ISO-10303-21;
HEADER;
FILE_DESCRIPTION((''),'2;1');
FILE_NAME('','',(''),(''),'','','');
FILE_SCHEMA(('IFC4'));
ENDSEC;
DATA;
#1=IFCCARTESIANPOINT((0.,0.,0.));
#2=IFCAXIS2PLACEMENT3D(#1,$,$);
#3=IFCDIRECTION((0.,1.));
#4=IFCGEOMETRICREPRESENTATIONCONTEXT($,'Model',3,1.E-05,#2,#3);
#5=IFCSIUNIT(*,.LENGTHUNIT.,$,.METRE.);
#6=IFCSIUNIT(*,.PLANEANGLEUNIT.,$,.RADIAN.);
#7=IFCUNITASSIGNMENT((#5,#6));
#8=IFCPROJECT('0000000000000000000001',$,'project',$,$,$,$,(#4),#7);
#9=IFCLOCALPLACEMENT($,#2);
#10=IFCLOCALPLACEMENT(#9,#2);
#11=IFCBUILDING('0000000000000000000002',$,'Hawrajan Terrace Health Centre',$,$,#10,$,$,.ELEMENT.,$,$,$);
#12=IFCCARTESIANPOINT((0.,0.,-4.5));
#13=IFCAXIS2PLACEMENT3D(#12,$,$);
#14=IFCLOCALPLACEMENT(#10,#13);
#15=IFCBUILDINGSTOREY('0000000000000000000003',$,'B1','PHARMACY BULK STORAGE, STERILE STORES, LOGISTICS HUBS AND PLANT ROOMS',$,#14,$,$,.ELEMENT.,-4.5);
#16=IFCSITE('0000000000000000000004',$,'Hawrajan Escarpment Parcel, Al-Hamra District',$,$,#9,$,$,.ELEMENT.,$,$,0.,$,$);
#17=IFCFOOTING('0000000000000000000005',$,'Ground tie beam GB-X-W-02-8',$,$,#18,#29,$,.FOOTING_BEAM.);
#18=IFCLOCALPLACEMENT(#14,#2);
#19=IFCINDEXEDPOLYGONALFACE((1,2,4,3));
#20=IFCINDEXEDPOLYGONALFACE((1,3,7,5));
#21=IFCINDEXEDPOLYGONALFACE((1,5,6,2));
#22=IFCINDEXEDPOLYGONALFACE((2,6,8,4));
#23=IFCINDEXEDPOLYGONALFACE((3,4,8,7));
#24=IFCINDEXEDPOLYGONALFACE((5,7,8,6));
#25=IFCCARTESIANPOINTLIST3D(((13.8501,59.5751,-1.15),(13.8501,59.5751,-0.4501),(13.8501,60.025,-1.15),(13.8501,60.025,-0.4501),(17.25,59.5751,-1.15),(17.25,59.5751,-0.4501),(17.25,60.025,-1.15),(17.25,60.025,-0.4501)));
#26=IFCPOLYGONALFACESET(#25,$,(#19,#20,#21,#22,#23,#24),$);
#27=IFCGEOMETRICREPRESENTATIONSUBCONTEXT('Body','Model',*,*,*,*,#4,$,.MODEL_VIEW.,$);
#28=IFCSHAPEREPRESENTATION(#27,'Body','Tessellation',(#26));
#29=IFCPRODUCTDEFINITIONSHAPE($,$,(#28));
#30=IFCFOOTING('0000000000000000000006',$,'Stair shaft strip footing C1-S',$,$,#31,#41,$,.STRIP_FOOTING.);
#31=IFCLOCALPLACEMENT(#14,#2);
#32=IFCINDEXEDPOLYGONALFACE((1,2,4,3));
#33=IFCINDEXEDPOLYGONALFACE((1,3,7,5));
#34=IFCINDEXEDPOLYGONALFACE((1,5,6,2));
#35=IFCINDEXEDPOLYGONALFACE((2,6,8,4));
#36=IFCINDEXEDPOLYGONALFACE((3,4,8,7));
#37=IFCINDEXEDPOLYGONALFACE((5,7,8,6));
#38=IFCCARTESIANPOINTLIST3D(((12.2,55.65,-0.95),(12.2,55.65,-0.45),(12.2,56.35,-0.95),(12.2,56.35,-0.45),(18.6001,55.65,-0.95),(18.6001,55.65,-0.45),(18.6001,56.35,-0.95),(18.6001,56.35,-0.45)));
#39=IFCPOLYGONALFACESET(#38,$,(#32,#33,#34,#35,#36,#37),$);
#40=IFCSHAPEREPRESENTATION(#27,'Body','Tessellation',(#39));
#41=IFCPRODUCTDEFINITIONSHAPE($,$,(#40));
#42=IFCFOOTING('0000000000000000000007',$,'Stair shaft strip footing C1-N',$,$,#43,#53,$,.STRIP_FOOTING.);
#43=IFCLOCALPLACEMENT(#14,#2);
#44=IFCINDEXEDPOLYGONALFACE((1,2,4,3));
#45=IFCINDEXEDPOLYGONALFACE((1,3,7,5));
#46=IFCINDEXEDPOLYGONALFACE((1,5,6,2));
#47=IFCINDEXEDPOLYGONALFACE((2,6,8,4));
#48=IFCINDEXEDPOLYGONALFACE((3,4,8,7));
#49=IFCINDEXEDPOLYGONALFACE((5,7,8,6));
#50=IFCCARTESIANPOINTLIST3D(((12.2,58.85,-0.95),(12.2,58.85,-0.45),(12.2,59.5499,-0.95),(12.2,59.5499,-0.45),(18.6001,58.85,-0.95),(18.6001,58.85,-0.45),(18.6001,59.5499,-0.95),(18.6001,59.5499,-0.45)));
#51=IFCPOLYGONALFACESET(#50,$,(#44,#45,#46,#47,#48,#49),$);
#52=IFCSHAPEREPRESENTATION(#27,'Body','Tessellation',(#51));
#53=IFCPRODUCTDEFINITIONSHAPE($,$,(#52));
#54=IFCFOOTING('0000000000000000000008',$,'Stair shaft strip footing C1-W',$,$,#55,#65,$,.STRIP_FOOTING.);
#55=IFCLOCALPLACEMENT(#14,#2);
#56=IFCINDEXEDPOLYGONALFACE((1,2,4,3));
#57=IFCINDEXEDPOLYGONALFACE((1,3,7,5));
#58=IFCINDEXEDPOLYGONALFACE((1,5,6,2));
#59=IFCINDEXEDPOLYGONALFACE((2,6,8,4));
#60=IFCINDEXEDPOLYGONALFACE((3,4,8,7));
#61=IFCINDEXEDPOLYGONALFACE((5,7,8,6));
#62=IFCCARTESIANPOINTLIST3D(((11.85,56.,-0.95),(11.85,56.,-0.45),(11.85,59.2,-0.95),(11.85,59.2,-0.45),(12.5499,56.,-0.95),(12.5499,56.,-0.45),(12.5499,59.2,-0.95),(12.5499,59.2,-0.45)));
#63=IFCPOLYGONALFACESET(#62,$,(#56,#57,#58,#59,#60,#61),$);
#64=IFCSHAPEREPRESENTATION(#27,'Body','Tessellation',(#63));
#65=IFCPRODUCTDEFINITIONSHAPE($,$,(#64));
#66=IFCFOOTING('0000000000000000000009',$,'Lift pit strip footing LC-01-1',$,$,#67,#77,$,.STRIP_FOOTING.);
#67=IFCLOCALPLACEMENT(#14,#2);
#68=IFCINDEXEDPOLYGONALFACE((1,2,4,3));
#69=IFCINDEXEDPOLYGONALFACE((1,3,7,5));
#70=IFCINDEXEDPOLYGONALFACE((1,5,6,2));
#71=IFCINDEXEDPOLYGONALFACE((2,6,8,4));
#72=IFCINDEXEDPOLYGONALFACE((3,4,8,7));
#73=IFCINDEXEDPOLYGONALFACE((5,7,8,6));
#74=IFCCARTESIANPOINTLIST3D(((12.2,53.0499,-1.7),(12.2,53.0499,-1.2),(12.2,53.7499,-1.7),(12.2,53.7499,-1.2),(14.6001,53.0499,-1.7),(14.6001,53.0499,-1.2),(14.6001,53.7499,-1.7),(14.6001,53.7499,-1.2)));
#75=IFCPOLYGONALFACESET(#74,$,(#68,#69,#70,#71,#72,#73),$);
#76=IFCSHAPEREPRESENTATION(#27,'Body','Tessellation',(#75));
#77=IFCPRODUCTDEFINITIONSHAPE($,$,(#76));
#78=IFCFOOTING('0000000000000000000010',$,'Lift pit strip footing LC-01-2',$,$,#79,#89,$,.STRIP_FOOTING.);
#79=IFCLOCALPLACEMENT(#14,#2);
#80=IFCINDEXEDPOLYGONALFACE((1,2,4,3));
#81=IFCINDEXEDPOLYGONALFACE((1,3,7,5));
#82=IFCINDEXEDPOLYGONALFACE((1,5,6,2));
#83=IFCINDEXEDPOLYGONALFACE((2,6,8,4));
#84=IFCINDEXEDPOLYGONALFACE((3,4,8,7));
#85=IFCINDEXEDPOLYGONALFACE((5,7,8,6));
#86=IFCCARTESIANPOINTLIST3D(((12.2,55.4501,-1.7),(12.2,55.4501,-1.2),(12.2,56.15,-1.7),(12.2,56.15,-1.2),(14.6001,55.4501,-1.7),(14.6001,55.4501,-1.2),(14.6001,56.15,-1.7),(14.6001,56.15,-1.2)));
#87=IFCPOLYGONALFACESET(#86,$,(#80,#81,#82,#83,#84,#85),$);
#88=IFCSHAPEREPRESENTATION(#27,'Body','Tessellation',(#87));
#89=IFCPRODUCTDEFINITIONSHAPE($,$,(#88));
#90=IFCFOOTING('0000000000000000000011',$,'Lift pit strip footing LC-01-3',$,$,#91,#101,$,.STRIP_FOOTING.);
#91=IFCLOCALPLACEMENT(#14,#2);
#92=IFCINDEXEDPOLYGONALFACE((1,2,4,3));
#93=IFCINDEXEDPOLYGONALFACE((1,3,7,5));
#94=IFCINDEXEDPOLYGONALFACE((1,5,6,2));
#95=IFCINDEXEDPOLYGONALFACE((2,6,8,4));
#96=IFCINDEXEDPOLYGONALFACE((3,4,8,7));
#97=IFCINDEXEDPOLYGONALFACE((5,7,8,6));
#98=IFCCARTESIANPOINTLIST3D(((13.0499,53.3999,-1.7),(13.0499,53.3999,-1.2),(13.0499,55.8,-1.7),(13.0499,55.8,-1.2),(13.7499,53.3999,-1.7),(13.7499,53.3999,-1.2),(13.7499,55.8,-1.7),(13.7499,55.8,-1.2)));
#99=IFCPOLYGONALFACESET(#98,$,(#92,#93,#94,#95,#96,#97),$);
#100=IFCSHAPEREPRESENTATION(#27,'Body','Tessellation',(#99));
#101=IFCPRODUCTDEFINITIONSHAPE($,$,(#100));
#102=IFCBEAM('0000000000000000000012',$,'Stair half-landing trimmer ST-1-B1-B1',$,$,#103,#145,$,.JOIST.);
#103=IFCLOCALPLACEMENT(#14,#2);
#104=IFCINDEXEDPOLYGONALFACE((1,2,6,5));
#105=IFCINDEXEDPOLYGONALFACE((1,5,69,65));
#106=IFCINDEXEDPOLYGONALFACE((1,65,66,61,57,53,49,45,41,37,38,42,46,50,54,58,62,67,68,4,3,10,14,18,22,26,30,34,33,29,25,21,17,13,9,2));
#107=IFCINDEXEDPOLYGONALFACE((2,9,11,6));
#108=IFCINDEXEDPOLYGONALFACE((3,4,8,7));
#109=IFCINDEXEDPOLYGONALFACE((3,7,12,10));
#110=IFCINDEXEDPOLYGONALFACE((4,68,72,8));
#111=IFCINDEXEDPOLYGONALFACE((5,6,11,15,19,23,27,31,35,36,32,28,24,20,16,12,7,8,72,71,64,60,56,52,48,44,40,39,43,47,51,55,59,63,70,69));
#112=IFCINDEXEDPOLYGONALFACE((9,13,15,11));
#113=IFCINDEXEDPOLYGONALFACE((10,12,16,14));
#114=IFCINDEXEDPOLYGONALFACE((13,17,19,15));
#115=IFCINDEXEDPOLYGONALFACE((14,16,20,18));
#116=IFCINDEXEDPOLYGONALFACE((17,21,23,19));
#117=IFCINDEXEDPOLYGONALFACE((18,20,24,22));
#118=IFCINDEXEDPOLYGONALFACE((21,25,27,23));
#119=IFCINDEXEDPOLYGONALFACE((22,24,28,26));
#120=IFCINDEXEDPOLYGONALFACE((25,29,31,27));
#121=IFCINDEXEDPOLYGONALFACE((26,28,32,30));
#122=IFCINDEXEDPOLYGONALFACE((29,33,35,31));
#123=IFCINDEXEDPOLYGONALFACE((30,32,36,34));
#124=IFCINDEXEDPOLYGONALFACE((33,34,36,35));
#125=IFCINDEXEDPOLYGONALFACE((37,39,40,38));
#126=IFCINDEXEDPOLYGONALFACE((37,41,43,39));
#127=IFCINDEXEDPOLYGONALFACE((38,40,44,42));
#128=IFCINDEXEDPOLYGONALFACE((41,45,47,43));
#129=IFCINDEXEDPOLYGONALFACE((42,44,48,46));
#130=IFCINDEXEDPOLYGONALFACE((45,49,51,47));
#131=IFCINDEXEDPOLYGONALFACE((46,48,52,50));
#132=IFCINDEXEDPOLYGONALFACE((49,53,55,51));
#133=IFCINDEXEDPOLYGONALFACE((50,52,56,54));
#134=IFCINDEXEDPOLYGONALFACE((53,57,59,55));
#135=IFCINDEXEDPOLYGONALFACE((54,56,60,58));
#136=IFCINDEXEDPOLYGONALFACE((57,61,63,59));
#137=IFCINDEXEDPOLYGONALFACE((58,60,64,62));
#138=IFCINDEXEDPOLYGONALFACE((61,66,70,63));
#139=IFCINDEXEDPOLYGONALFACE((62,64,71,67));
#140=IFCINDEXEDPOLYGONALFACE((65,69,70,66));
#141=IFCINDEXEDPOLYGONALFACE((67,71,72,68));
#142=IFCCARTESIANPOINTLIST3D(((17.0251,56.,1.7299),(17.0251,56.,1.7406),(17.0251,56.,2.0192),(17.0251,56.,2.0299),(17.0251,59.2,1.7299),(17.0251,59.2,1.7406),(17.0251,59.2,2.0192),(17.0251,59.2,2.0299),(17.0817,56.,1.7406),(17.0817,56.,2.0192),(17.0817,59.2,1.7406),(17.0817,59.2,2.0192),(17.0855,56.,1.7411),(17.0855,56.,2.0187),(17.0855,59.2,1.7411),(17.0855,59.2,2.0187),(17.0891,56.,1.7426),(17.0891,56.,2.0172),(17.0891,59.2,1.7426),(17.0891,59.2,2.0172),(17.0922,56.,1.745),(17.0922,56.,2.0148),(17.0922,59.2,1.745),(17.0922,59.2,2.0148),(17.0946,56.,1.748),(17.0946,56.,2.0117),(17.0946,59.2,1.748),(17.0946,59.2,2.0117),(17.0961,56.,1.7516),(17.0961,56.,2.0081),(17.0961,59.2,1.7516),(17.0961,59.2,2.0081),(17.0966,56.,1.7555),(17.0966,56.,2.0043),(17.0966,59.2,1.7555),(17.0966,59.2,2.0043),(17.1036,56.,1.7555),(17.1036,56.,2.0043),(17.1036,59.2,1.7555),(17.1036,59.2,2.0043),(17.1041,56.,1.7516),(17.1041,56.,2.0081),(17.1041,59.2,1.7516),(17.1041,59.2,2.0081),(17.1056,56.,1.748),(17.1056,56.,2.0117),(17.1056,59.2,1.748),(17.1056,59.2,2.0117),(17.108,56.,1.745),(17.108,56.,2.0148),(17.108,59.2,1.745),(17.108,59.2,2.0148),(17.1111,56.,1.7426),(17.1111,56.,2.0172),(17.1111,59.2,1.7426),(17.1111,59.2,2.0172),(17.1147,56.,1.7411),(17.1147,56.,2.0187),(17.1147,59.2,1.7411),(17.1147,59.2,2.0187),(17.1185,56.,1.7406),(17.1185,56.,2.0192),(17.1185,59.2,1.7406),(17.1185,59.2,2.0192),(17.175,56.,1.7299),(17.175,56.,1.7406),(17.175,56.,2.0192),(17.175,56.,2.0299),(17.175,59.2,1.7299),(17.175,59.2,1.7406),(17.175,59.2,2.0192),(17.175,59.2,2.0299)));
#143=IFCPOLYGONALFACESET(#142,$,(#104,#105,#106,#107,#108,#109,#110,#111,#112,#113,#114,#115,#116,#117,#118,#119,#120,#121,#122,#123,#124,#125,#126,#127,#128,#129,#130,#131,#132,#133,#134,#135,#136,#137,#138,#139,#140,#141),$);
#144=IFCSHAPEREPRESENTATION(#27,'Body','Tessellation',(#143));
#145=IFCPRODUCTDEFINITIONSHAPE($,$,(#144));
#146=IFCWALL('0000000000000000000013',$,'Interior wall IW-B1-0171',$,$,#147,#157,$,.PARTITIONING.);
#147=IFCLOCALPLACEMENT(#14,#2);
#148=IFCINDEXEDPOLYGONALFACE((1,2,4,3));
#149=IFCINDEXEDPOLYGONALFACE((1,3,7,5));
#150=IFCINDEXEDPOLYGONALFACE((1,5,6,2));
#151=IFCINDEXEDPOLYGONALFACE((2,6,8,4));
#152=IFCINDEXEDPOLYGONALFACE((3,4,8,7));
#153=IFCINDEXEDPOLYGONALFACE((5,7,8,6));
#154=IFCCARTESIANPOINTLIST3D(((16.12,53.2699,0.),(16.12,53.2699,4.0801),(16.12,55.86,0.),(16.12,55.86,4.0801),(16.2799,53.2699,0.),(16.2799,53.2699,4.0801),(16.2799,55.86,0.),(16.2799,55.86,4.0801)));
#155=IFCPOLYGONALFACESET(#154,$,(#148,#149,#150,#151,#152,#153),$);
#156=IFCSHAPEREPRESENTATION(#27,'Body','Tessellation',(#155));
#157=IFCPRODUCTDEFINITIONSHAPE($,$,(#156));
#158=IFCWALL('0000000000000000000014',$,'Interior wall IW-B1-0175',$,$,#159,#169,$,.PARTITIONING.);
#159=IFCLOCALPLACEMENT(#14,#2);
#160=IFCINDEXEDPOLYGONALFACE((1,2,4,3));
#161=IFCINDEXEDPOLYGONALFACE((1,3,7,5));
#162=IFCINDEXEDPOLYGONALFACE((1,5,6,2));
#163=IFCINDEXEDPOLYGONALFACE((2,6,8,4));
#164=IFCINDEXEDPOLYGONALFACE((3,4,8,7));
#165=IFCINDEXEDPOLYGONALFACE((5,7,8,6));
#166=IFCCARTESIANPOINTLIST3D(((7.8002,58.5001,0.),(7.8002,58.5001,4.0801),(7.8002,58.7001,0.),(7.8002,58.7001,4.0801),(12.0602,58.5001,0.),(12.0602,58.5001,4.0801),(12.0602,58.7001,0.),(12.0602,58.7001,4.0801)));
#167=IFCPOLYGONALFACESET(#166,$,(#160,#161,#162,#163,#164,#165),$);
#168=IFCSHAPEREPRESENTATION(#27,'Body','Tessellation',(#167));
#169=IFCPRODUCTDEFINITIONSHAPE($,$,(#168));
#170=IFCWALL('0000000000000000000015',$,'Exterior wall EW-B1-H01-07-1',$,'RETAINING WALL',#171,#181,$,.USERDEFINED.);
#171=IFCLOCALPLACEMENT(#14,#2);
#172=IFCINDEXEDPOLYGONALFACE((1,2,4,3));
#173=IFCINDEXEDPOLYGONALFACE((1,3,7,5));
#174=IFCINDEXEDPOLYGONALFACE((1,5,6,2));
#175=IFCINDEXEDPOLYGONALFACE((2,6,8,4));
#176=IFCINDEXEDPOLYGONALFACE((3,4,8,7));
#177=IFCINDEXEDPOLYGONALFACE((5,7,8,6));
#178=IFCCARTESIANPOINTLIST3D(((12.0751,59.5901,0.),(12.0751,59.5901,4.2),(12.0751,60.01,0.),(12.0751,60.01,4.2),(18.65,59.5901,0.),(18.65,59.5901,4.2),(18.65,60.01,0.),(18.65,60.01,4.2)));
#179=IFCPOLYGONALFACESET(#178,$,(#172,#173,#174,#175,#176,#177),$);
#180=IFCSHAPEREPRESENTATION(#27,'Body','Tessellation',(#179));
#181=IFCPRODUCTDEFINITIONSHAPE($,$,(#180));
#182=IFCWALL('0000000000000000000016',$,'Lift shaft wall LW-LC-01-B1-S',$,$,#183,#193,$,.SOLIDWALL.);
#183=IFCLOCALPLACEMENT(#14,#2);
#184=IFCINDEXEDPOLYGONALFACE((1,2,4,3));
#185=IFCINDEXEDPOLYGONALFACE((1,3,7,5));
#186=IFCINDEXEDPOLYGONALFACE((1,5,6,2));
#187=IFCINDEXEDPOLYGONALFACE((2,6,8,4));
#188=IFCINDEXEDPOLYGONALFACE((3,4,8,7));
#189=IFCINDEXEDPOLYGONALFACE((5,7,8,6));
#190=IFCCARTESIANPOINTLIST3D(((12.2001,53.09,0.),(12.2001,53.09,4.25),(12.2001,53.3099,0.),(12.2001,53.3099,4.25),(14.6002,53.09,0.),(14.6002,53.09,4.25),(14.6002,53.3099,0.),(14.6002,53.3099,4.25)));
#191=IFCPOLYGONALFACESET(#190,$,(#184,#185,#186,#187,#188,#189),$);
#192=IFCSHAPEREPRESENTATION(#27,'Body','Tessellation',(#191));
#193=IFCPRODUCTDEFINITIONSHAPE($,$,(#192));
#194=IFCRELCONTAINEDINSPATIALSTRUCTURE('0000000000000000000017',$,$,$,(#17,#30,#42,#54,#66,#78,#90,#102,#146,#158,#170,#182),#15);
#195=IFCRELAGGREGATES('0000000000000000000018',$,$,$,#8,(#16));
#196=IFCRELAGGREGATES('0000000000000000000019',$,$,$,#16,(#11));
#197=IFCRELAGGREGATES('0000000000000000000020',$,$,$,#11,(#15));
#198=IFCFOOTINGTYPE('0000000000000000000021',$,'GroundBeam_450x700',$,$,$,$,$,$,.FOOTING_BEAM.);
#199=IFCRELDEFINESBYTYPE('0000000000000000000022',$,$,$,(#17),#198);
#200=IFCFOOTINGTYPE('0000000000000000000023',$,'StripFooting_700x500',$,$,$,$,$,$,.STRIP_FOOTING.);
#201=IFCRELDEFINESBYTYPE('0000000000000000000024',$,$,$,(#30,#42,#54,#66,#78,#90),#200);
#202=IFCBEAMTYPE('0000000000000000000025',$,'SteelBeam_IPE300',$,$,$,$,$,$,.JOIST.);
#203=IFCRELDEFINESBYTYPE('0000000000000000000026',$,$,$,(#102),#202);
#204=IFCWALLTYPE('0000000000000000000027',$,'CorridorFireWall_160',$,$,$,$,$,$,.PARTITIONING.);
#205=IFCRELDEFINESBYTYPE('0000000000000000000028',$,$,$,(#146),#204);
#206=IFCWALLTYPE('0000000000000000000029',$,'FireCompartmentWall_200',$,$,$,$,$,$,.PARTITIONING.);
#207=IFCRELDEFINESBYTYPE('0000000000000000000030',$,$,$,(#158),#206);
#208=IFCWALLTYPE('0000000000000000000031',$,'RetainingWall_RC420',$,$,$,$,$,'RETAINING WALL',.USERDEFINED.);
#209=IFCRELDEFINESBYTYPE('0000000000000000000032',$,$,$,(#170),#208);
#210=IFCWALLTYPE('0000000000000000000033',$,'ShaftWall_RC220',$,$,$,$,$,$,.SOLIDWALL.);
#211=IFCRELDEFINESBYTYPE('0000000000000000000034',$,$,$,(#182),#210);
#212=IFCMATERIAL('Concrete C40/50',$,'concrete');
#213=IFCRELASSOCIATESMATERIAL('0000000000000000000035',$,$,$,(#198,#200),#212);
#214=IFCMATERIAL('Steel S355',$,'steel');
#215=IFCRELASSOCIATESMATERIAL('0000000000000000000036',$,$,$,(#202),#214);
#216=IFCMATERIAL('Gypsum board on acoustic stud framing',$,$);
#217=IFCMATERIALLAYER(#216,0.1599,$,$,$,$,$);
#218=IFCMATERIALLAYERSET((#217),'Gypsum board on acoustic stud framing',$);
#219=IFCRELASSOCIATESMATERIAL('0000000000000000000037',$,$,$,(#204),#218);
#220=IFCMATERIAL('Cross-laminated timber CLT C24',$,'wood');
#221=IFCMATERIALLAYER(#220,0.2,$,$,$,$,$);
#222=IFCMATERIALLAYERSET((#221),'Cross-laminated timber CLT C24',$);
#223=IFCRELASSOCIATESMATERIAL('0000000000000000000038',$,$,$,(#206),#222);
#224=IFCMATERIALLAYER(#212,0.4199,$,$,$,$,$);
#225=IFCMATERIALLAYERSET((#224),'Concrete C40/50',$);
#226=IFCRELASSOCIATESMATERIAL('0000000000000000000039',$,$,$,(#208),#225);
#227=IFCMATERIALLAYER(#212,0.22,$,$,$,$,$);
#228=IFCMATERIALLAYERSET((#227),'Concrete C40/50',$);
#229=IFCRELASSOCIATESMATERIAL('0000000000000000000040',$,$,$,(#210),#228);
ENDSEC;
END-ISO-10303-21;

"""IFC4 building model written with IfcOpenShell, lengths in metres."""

from ifc_helpers import new_model, si_unit, direction, frame, frame_2d, origin, origin_2d, place, context, subcontext, project, spatial, rectangle, i_section, extrude, material, layer, layer_set, material_profile, profile_set, type_object, element, save


model = new_model("IFC4")

# Units and contexts
model_context = context("Model", 3, precision=1e-05, world=origin(), true_north=direction((0.0, 1.0)))
body_context = subcontext(model_context, "Body", "Model", "MODEL_VIEW")
ifc_project = project(units=[si_unit("LENGTHUNIT", "METRE"), si_unit("PLANEANGLEUNIT", "RADIAN")], contexts=[model_context])

# Site, building, storey
site_placement = place(None, origin())
site = spatial("IfcSite", under=ifc_project, at=site_placement, Name="Hawrajan Escarpment Parcel, Al-Hamra District", CompositionType="ELEMENT", RefElevation=0.0)
building_placement = place(site_placement, origin())
building = spatial("IfcBuilding", under=site, at=building_placement, Name="Hawrajan Terrace Health Centre", CompositionType="ELEMENT")
storey_placement = place(building_placement, frame((0.0, 0.0, -4.5)))
storey = spatial("IfcBuildingStorey", under=building, at=storey_placement, Name="B1", Description="PHARMACY BULK STORAGE, STERILE STORES, LOGISTICS HUBS AND PLANT ROOMS", CompositionType="ELEMENT", Elevation=-4.5)

# Shared definitions
ifc_material_1 = material(Name="Concrete C40/50", Category="concrete")

# Footings
ifc_material_profile_1 = material_profile(ifc_material_1, rectangle(XDim=0.45, YDim=0.7, at=origin_2d()), Name="RC BM 450x700")
ifc_profile_set_1 = profile_set([ifc_material_profile_1], Name="Concrete C40/50")
footing_type_1 = type_object("IfcFootingType", Name="GroundBeam_450x700", PredefinedType="FOOTING_BEAM", material=ifc_profile_set_1)
for number, where, z_axis, x_axis, name in (
    (1, (13.8501, 59.8, -0.8), (1.0, 0.0, 0.0), (0.0, 1.0, 0.0), "Ground tie beam GB-X-W-02-8"),
):
    element("IfcFooting", number, at=place(storey_placement, frame(where, z_axis=z_axis, x_axis=x_axis)), inside=storey, type_object=footing_type_1, Name=name, PredefinedType="FOOTING_BEAM", context=body_context, shape_type="SweptSolid", body=[
        extrude(rectangle(XDim=0.45, YDim=0.7, at=origin_2d()), origin(), (0.0, 0.0, 1.0), 3.3999),
    ])
ifc_material_profile_2 = material_profile(ifc_material_1, rectangle(XDim=0.7, YDim=0.5, at=origin_2d()), Name="RC STRIP 700x500")
ifc_profile_set_2 = profile_set([ifc_material_profile_2], Name="Concrete C40/50")
footing_type_2 = type_object("IfcFootingType", Name="StripFooting_700x500", PredefinedType="STRIP_FOOTING", material=ifc_profile_set_2)
for number, where, z_axis, x_axis, name in (
    (2, (12.2, 56.0, -0.7), (1.0, 0.0, 0.0), (0.0, 1.0, 0.0), "Stair shaft strip footing C1-S"),
    (3, (12.2, 59.2, -0.7), (1.0, 0.0, 0.0), (0.0, 1.0, 0.0), "Stair shaft strip footing C1-N"),
):
    element("IfcFooting", number, at=place(storey_placement, frame(where, z_axis=z_axis, x_axis=x_axis)), inside=storey, type_object=footing_type_2, Name=name, PredefinedType="STRIP_FOOTING", context=body_context, shape_type="SweptSolid", body=[
        extrude(rectangle(XDim=0.7, YDim=0.5, at=origin_2d()), origin(), (0.0, 0.0, 1.0), 6.4001),
    ])
footing_placement = place(storey_placement, frame((12.2, 56.0, -0.7), z_axis=(0.0, 1.0, 0.0), x_axis=(-1.0, 0.0, 0.0)))
element("IfcFooting", 4, at=footing_placement, inside=storey, type_object=footing_type_2, Name="Stair shaft strip footing C1-W", PredefinedType="STRIP_FOOTING", context=body_context, shape_type="SweptSolid", body=[
    extrude(rectangle(XDim=0.7, YDim=0.5, at=origin_2d()), origin(), (0.0, 0.0, 1.0), 3.2),
])
for number, where, z_axis, x_axis, name in (
    (5, (12.2, 53.3999, -1.45), (1.0, 0.0, 0.0), (0.0, 1.0, 0.0), "Lift pit strip footing LC-01-1"),
    (6, (12.2, 55.8, -1.45), (1.0, 0.0, 0.0), (0.0, 1.0, 0.0), "Lift pit strip footing LC-01-2"),
    (7, (13.3999, 53.3999, -1.45), (0.0, 1.0, 0.0), (-1.0, 0.0, 0.0), "Lift pit strip footing LC-01-3"),
):
    element("IfcFooting", number, at=place(storey_placement, frame(where, z_axis=z_axis, x_axis=x_axis)), inside=storey, type_object=footing_type_2, Name=name, PredefinedType="STRIP_FOOTING", context=body_context, shape_type="SweptSolid", body=[
        extrude(rectangle(XDim=0.7, YDim=0.5, at=origin_2d()), origin(), (0.0, 0.0, 1.0), 2.4001),
    ])

# Beam
ifc_material_2 = material(Name="Steel S355", Category="steel")
ifc_material_profile_3 = material_profile(ifc_material_2, i_section(OverallWidth=0.1499, OverallDepth=0.3, WebThickness=0.0071, FlangeThickness=0.0107, FilletRadius=0.0149, at=origin_2d()), Name="IPE 300")
ifc_profile_set_3 = profile_set([ifc_material_profile_3], Name="Steel S355")
beam_type = type_object("IfcBeamType", Name="SteelBeam_IPE300", PredefinedType="JOIST", material=ifc_profile_set_3)
beam_placement = place(storey_placement, frame((17.1001, 56.0, 1.8799), z_axis=(0.0, 1.0, 0.0), x_axis=(-1.0, 0.0, 0.0)))
element("IfcBeam", 8, at=beam_placement, inside=storey, type_object=beam_type, Name="Stair half-landing trimmer ST-1-B1-B1", PredefinedType="JOIST", context=body_context, shape_type="SweptSolid", body=[
    extrude(i_section(OverallWidth=0.1499, OverallDepth=0.3, WebThickness=0.0071, FlangeThickness=0.0107, FilletRadius=0.0149, at=origin_2d()), origin(), (0.0, 0.0, 1.0), 3.2),
])

# Walls
ifc_material_3 = material(Name="Gypsum board on acoustic stud framing")
ifc_layer_1 = layer(ifc_material_3, 0.1599)
ifc_layer_set_1 = layer_set([ifc_layer_1], Name="Gypsum board on acoustic stud framing")
wall_type_1 = type_object("IfcWallType", Name="CorridorFireWall_160", PredefinedType="PARTITIONING", material=ifc_layer_set_1)
wall_1_placement = place(storey_placement, frame((16.2, 53.27, 0.0), z_axis=(0.0, 0.0, 1.0), x_axis=(0.0, 1.0, 0.0)))
element("IfcWall", 9, at=wall_1_placement, inside=storey, type_object=wall_type_1, Name="Interior wall IW-B1-0171", PredefinedType="PARTITIONING", context=body_context, shape_type="SweptSolid", body=[
    extrude(rectangle(XDim=2.5901, YDim=0.1599, at=frame_2d((1.2949, 0.0))), origin(), (0.0, 0.0, 1.0), 4.0801),
])
ifc_material_4 = material(Name="Cross-laminated timber CLT C24", Category="wood")
ifc_layer_2 = layer(ifc_material_4, 0.2)
ifc_layer_set_2 = layer_set([ifc_layer_2], Name="Cross-laminated timber CLT C24")
wall_type_2 = type_object("IfcWallType", Name="FireCompartmentWall_200", PredefinedType="PARTITIONING", material=ifc_layer_set_2)
wall_2_placement = place(storey_placement, frame((12.0601, 58.6001, 0.0), z_axis=(0.0, 0.0, 1.0), x_axis=(-1.0, 0.0, 0.0)))
element("IfcWall", 10, at=wall_2_placement, inside=storey, type_object=wall_type_2, Name="Interior wall IW-B1-0175", PredefinedType="PARTITIONING", context=body_context, shape_type="SweptSolid", body=[
    extrude(rectangle(XDim=4.26, YDim=0.2, at=frame_2d((2.1299, 0.0))), origin(), (0.0, 0.0, 1.0), 4.0801),
])
ifc_layer_3 = layer(ifc_material_1, 0.4199)
ifc_layer_set_3 = layer_set([ifc_layer_3], Name="Concrete C40/50")
wall_type_3 = type_object("IfcWallType", Name="RetainingWall_RC420", ElementType="RETAINING WALL", PredefinedType="USERDEFINED", material=ifc_layer_set_3)
wall_3_placement = place(storey_placement, frame((12.075, 59.8, 0.0), z_axis=(0.0, 0.0, 1.0), x_axis=(1.0, 0.0, 0.0)))
element("IfcWall", 11, at=wall_3_placement, inside=storey, type_object=wall_type_3, Name="Exterior wall EW-B1-H01-07-1", ObjectType="RETAINING WALL", PredefinedType="USERDEFINED", context=body_context, shape_type="SweptSolid", body=[
    extrude(rectangle(XDim=6.575, YDim=0.4199, at=frame_2d((3.2876, 0.0))), origin(), (0.0, 0.0, 1.0), 4.2),
])
ifc_layer_4 = layer(ifc_material_1, 0.22)
ifc_layer_set_4 = layer_set([ifc_layer_4], Name="Concrete C40/50")
wall_type_4 = type_object("IfcWallType", Name="ShaftWall_RC220", PredefinedType="SOLIDWALL", material=ifc_layer_set_4)
wall_4_placement = place(storey_placement, frame((12.2, 53.2, 0.0), z_axis=(0.0, 0.0, 1.0), x_axis=(1.0, 0.0, 0.0)))
element("IfcWall", 12, at=wall_4_placement, inside=storey, type_object=wall_type_4, Name="Lift shaft wall LW-LC-01-B1-S", PredefinedType="SOLIDWALL", context=body_context, shape_type="SweptSolid", body=[
    extrude(rectangle(XDim=2.4001, YDim=0.22, at=frame_2d((1.2002, 0.0))), origin(), (0.0, 0.0, 1.0), 4.25),
])

save(model, "model.ifc")
